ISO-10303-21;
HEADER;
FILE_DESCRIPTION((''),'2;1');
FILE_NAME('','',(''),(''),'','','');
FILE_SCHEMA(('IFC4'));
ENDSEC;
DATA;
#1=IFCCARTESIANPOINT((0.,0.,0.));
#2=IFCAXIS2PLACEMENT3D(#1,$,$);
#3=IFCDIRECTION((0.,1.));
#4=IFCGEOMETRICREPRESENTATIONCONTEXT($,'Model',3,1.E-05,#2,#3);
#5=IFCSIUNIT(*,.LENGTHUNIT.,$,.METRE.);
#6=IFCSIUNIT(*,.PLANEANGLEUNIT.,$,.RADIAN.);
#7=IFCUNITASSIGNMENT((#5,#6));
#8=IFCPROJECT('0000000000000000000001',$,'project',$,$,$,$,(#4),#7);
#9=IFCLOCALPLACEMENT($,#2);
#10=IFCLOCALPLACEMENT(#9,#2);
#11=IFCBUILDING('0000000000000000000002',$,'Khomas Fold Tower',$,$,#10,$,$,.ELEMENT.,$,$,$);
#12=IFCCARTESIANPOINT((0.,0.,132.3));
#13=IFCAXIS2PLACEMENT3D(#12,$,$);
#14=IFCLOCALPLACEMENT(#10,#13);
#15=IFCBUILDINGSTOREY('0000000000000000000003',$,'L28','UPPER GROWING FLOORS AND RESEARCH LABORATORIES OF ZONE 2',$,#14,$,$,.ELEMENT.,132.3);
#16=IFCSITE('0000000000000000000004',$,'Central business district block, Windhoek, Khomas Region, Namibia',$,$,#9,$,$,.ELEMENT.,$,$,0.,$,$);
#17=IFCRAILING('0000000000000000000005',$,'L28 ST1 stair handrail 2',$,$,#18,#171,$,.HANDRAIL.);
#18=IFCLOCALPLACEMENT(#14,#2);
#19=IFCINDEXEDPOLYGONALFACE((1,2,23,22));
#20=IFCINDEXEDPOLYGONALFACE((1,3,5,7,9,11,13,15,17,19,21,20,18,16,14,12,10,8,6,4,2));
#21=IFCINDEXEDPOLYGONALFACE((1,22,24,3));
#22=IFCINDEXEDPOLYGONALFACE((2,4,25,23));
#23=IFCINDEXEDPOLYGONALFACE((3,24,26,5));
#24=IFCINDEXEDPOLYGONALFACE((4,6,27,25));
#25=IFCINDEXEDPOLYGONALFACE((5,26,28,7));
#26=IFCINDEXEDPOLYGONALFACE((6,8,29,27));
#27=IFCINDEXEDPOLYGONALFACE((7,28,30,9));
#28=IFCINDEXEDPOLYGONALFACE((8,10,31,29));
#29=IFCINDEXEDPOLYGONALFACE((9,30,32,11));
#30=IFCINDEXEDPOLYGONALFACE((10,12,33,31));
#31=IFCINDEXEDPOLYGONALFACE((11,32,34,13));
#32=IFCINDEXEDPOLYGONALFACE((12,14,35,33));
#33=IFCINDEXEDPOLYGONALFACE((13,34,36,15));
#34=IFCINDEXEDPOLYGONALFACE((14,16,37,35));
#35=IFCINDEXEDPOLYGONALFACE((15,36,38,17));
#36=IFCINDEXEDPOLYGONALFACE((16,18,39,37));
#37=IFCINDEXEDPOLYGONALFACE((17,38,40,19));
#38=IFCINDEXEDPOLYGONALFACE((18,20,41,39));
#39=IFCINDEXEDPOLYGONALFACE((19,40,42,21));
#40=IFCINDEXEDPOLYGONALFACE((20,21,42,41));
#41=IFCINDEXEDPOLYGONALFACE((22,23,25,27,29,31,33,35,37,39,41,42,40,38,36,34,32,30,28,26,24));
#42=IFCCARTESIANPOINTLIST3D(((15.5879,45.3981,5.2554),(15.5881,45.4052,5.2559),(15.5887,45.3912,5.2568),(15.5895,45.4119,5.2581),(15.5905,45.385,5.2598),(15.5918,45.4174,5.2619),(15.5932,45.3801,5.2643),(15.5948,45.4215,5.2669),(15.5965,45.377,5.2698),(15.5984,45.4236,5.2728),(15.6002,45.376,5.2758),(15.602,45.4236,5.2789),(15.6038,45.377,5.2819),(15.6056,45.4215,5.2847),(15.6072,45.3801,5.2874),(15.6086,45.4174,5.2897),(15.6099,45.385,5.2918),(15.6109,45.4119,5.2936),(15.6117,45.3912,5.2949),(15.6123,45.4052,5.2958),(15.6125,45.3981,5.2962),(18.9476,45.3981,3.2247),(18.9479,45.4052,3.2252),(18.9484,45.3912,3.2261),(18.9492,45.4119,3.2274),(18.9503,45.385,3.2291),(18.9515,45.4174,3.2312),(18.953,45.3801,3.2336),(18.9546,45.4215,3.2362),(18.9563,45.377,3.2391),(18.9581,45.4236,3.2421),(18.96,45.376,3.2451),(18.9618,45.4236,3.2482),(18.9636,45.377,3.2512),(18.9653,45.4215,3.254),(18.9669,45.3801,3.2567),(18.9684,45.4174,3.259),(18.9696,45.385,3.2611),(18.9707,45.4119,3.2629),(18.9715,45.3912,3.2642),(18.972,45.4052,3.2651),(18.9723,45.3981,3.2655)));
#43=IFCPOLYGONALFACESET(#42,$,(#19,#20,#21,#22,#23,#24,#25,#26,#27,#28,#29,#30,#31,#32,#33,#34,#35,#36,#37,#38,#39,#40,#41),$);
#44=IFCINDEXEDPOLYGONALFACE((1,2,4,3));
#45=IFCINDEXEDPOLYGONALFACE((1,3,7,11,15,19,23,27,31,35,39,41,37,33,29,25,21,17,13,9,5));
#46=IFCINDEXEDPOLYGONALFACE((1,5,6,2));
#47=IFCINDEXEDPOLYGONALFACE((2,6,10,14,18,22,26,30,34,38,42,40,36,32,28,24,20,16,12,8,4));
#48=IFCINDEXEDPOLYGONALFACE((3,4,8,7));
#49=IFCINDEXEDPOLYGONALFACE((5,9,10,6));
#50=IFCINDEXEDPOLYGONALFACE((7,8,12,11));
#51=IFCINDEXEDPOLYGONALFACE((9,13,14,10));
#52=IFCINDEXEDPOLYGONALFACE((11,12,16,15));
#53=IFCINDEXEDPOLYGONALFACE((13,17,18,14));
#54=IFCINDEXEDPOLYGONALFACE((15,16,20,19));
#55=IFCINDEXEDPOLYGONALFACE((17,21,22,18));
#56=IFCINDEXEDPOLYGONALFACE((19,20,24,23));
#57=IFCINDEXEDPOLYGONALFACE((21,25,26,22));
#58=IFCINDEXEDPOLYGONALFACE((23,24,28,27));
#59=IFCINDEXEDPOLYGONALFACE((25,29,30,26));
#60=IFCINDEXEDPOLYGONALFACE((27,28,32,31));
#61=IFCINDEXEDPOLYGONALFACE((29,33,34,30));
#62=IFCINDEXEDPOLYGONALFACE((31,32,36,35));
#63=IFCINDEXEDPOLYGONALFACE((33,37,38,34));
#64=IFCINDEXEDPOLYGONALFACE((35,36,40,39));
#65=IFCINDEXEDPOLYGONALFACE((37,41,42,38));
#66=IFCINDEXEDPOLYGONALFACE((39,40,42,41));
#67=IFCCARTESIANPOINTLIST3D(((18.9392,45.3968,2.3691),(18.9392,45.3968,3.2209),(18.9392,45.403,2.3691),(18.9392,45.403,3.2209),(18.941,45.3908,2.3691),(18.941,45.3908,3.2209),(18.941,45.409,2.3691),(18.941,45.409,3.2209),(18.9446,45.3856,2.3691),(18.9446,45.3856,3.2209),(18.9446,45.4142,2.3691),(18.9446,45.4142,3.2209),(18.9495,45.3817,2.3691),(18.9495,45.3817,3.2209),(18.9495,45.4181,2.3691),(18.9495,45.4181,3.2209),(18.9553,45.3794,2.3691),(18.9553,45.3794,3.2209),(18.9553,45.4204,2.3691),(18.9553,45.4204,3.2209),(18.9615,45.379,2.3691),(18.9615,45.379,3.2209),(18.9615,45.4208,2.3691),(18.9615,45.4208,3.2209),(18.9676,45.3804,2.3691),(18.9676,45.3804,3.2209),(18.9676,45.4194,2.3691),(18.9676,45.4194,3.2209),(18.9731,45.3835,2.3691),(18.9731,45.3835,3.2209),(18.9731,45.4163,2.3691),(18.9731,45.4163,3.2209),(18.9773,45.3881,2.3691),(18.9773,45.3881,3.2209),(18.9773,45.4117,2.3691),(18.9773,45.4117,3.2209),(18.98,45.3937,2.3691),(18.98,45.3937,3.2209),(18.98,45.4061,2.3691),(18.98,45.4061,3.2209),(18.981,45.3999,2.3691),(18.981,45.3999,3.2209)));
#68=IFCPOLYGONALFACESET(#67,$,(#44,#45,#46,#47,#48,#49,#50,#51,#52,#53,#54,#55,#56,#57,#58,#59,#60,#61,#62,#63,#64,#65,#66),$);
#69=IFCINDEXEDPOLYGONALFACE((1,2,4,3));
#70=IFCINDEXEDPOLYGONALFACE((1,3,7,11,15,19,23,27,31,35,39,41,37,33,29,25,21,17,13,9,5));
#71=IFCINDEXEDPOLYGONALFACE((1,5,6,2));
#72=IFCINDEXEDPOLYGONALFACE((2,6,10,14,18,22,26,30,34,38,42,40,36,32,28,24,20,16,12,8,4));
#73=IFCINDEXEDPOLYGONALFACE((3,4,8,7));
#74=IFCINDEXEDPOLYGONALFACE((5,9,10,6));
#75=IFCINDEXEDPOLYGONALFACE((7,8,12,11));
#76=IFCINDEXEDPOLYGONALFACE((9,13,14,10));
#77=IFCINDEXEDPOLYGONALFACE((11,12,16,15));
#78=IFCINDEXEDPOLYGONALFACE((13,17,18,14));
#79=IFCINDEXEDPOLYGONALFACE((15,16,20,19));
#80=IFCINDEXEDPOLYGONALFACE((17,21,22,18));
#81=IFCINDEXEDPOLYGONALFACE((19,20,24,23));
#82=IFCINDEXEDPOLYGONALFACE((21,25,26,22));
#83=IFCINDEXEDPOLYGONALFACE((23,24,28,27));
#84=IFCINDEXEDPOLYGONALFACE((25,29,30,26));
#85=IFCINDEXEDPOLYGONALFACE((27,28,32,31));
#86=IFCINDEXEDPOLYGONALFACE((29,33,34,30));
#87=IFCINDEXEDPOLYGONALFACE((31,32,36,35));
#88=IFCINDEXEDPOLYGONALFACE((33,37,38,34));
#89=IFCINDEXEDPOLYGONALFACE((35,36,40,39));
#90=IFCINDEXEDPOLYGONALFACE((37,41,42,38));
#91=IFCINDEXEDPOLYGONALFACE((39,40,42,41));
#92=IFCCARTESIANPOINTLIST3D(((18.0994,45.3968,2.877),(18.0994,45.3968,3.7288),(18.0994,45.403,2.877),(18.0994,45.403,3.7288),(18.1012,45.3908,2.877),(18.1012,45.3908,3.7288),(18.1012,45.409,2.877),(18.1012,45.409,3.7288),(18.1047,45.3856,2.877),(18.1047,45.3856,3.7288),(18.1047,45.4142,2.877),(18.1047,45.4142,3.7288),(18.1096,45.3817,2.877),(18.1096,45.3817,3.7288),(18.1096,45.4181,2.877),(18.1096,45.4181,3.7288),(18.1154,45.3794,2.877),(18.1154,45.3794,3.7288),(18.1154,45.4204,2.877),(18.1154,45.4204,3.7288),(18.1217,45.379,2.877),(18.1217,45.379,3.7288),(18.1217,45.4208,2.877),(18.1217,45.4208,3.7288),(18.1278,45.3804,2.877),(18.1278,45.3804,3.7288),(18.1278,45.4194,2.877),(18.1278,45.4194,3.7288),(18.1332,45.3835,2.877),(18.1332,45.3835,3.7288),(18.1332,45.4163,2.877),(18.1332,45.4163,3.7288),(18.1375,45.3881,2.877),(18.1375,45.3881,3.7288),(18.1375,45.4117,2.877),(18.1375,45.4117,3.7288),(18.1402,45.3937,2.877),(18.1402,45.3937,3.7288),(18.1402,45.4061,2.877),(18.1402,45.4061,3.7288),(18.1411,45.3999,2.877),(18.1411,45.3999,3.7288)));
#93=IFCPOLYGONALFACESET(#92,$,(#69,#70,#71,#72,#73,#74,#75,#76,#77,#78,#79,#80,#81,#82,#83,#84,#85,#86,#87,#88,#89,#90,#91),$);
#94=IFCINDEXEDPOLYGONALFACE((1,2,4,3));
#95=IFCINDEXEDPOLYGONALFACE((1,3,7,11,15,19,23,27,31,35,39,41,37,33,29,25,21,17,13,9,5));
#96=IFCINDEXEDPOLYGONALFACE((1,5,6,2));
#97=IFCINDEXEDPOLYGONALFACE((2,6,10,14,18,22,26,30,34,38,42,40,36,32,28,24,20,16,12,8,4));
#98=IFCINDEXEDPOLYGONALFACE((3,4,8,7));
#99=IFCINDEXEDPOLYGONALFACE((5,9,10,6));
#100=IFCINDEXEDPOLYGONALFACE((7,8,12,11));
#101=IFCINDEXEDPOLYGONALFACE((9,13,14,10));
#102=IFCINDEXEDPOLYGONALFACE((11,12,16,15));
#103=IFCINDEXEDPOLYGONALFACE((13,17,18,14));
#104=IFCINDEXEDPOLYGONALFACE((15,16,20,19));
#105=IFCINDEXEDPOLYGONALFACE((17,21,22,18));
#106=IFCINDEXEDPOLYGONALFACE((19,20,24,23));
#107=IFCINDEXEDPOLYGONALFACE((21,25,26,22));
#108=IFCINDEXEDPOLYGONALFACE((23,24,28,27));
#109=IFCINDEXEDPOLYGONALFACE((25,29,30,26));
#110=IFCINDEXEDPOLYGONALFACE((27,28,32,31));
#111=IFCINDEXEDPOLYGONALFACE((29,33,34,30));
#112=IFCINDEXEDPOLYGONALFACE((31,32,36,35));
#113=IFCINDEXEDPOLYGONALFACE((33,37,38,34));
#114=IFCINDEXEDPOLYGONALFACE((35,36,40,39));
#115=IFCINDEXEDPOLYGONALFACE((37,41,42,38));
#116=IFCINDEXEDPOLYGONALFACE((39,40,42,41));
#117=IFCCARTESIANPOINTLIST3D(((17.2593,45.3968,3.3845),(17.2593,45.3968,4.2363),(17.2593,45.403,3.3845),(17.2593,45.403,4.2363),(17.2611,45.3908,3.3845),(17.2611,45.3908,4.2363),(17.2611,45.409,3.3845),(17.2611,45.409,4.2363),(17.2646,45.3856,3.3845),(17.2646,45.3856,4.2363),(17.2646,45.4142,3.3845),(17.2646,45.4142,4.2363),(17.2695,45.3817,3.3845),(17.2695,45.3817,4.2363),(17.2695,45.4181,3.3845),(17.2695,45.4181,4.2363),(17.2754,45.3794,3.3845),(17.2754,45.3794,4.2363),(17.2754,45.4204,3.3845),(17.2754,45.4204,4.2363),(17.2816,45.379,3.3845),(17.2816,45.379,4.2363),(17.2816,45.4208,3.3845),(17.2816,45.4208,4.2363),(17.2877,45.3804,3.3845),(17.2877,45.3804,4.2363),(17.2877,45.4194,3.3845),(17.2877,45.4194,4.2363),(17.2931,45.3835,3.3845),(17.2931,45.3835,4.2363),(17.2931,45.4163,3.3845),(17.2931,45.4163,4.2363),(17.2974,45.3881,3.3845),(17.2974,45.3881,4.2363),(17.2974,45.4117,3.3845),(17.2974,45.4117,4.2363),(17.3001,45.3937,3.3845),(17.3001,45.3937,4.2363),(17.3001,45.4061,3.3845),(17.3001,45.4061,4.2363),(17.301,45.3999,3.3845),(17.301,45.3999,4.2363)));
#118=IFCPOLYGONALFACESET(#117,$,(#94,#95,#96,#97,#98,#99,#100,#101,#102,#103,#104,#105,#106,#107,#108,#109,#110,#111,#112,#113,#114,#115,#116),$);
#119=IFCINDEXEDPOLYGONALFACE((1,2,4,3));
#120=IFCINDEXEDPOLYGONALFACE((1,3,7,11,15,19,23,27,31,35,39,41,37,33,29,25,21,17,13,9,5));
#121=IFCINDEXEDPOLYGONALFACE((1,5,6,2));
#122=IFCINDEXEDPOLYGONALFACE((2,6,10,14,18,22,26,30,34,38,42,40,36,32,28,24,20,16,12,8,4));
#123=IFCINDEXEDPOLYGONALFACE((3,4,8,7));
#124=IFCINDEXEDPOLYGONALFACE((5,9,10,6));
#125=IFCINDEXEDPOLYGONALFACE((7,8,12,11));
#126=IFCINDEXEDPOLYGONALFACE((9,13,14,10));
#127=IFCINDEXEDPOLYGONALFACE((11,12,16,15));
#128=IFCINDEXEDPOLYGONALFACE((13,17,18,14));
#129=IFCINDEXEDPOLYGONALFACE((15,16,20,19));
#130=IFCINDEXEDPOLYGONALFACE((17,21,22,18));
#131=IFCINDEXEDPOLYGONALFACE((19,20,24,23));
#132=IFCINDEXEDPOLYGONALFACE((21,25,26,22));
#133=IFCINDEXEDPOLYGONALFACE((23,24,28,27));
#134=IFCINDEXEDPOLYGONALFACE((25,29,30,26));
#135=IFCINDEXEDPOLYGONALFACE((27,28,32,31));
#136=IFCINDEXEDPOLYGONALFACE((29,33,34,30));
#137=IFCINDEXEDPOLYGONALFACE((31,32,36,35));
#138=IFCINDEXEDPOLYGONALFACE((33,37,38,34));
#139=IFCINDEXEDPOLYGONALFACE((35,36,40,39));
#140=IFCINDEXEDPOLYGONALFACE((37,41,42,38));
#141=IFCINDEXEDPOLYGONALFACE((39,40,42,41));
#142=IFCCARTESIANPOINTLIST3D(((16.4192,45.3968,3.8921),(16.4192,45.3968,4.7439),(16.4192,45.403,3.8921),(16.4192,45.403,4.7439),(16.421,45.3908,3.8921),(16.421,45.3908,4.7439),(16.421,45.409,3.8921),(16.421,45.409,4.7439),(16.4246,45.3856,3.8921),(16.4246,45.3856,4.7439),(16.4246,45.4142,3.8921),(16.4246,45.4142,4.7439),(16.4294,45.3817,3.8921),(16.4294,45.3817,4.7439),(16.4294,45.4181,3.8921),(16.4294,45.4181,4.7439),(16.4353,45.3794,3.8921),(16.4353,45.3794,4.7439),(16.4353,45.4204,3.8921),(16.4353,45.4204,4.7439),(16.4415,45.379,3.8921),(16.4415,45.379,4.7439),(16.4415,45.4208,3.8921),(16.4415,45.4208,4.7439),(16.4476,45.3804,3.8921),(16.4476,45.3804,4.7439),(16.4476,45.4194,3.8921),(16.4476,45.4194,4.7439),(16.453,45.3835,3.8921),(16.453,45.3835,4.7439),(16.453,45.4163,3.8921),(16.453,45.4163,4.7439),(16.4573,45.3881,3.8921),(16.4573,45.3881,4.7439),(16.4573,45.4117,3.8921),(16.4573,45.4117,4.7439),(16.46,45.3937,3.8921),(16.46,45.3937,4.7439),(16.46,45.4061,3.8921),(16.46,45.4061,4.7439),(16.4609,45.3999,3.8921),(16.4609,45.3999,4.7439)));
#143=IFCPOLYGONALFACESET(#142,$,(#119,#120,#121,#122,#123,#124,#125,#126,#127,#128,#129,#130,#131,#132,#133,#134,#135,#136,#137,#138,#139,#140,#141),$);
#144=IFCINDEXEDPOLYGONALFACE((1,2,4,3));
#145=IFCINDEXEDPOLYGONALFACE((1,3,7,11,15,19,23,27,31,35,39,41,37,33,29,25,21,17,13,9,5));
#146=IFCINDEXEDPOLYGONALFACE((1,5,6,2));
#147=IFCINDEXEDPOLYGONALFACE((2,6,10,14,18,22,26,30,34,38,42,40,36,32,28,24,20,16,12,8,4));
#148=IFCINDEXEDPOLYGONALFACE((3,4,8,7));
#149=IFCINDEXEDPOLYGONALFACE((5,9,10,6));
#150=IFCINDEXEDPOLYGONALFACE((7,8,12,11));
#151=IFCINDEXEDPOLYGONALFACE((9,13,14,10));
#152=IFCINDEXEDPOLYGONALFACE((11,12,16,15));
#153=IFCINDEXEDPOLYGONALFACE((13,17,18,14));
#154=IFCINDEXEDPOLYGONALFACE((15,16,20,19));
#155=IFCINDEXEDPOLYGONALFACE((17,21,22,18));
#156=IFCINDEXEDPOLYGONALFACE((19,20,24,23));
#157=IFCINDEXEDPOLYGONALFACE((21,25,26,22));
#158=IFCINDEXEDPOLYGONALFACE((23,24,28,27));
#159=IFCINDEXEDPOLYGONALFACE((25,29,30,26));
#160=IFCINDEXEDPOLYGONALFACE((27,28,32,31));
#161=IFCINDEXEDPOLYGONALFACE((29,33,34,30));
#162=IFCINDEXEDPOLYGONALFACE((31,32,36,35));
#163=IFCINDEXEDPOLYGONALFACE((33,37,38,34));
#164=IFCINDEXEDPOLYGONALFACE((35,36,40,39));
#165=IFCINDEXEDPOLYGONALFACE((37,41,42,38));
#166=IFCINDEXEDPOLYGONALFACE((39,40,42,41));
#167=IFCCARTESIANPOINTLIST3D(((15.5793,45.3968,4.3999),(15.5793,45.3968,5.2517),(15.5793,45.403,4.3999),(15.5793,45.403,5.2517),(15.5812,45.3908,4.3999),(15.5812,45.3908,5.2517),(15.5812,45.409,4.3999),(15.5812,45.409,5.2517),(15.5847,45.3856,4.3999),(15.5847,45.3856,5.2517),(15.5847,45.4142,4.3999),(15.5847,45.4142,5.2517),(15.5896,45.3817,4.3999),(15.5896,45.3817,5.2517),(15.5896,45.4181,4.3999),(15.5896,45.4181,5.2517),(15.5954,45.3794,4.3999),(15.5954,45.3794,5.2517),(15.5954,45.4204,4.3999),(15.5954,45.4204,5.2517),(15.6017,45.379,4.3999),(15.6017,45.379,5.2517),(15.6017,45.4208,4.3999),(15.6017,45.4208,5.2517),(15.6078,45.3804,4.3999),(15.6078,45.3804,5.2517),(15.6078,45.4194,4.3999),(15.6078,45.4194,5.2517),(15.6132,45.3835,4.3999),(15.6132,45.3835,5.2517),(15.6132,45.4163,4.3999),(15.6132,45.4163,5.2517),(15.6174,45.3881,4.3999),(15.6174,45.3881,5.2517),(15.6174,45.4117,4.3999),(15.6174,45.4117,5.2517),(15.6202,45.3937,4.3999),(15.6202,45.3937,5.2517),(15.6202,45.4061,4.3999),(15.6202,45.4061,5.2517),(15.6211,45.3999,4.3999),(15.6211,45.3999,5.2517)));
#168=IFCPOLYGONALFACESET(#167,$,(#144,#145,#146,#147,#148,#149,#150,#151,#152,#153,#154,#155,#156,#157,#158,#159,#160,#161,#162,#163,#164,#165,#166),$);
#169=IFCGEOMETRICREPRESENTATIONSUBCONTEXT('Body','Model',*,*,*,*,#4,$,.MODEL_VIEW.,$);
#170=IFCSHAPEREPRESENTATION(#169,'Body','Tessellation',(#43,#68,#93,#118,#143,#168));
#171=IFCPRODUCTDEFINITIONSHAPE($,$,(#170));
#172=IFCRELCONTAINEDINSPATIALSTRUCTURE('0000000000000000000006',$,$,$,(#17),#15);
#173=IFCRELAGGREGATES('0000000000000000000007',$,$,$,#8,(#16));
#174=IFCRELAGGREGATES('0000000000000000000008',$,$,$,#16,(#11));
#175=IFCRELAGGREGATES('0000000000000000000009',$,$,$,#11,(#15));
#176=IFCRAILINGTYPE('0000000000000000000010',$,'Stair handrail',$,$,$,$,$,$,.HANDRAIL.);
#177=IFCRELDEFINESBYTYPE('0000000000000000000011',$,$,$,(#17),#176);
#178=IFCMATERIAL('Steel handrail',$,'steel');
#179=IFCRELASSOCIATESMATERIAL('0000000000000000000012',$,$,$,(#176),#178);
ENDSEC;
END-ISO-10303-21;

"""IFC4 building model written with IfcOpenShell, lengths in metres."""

from ifc_helpers import new_model, si_unit, direction, frame, origin, origin_2d, place, context, subcontext, project, spatial, circle, extrude, source, transform, mapped, material, type_object, element, save


model = new_model("IFC4")

# Units and contexts
model_context = context("Model", 3, precision=1e-05, world=origin(), true_north=direction((0.0, 1.0)))
body_context = subcontext(model_context, "Body", "Model", "MODEL_VIEW")
ifc_project = project(units=[si_unit("LENGTHUNIT", "METRE"), si_unit("PLANEANGLEUNIT", "RADIAN")], contexts=[model_context])

# Site, building, storey
site_placement = place(None, origin())
site = spatial("IfcSite", under=ifc_project, at=site_placement, Name="Central business district block, Windhoek, Khomas Region, Namibia", CompositionType="ELEMENT", RefElevation=0.0)
building_placement = place(site_placement, origin())
building = spatial("IfcBuilding", under=site, at=building_placement, Name="Khomas Fold Tower", CompositionType="ELEMENT")
storey_placement = place(building_placement, frame((0.0, 0.0, 132.3)))
storey = spatial("IfcBuildingStorey", under=building, at=storey_placement, Name="L28", Description="UPPER GROWING FLOORS AND RESEARCH LABORATORIES OF ZONE 2", CompositionType="ELEMENT", Elevation=132.3)

# Railing
ifc_material_1 = material(Name="Steel handrail", Category="steel")
railing_type_1 = type_object("IfcRailingType", Name="Stair handrail", PredefinedType="HANDRAIL", material=ifc_material_1)
shared_shape_1 = source(origin(), body_context, "Body", "SweptSolid", [
    extrude(circle(Radius=0.0239, at=origin_2d()), frame((0.0, 0.0, 0.876), z_axis=(-0.85582, 0.0, 0.517273), x_axis=(0.0, -1.0, 0.0)), (0.0, 0.0, 1.0), 3.9258),
    extrude(circle(Radius=0.021, at=origin_2d()), origin(), (0.0, 0.0, 1.0), 0.8518),
    extrude(circle(Radius=0.021, at=origin_2d()), frame((-0.8398, 0.0, 0.5078)), (0.0, 0.0, 1.0), 0.8518),
    extrude(circle(Radius=0.021, at=origin_2d()), frame((-1.6799, 0.0, 1.0154)), (0.0, 0.0, 1.0), 0.8518),
    extrude(circle(Radius=0.021, at=origin_2d()), frame((-2.52, 0.0, 1.5229)), (0.0, 0.0, 1.0), 0.8518),
    extrude(circle(Radius=0.021, at=origin_2d()), frame((-3.3599, 0.0, 2.0308)), (0.0, 0.0, 1.0), 0.8518),
])
railing_1_placement = place(storey_placement, frame((18.96, 45.3999, 2.3691)))
element("IfcRailing", 1, at=railing_1_placement, inside=storey, type_object=railing_type_1, Name="L28 ST1 stair handrail 2", PredefinedType="HANDRAIL", context=body_context, shape_type="MappedRepresentation", body=[
    mapped(shared_shape_1, transform((0.0, 0.0, 0.0))),
])

save(model, "model.ifc")
